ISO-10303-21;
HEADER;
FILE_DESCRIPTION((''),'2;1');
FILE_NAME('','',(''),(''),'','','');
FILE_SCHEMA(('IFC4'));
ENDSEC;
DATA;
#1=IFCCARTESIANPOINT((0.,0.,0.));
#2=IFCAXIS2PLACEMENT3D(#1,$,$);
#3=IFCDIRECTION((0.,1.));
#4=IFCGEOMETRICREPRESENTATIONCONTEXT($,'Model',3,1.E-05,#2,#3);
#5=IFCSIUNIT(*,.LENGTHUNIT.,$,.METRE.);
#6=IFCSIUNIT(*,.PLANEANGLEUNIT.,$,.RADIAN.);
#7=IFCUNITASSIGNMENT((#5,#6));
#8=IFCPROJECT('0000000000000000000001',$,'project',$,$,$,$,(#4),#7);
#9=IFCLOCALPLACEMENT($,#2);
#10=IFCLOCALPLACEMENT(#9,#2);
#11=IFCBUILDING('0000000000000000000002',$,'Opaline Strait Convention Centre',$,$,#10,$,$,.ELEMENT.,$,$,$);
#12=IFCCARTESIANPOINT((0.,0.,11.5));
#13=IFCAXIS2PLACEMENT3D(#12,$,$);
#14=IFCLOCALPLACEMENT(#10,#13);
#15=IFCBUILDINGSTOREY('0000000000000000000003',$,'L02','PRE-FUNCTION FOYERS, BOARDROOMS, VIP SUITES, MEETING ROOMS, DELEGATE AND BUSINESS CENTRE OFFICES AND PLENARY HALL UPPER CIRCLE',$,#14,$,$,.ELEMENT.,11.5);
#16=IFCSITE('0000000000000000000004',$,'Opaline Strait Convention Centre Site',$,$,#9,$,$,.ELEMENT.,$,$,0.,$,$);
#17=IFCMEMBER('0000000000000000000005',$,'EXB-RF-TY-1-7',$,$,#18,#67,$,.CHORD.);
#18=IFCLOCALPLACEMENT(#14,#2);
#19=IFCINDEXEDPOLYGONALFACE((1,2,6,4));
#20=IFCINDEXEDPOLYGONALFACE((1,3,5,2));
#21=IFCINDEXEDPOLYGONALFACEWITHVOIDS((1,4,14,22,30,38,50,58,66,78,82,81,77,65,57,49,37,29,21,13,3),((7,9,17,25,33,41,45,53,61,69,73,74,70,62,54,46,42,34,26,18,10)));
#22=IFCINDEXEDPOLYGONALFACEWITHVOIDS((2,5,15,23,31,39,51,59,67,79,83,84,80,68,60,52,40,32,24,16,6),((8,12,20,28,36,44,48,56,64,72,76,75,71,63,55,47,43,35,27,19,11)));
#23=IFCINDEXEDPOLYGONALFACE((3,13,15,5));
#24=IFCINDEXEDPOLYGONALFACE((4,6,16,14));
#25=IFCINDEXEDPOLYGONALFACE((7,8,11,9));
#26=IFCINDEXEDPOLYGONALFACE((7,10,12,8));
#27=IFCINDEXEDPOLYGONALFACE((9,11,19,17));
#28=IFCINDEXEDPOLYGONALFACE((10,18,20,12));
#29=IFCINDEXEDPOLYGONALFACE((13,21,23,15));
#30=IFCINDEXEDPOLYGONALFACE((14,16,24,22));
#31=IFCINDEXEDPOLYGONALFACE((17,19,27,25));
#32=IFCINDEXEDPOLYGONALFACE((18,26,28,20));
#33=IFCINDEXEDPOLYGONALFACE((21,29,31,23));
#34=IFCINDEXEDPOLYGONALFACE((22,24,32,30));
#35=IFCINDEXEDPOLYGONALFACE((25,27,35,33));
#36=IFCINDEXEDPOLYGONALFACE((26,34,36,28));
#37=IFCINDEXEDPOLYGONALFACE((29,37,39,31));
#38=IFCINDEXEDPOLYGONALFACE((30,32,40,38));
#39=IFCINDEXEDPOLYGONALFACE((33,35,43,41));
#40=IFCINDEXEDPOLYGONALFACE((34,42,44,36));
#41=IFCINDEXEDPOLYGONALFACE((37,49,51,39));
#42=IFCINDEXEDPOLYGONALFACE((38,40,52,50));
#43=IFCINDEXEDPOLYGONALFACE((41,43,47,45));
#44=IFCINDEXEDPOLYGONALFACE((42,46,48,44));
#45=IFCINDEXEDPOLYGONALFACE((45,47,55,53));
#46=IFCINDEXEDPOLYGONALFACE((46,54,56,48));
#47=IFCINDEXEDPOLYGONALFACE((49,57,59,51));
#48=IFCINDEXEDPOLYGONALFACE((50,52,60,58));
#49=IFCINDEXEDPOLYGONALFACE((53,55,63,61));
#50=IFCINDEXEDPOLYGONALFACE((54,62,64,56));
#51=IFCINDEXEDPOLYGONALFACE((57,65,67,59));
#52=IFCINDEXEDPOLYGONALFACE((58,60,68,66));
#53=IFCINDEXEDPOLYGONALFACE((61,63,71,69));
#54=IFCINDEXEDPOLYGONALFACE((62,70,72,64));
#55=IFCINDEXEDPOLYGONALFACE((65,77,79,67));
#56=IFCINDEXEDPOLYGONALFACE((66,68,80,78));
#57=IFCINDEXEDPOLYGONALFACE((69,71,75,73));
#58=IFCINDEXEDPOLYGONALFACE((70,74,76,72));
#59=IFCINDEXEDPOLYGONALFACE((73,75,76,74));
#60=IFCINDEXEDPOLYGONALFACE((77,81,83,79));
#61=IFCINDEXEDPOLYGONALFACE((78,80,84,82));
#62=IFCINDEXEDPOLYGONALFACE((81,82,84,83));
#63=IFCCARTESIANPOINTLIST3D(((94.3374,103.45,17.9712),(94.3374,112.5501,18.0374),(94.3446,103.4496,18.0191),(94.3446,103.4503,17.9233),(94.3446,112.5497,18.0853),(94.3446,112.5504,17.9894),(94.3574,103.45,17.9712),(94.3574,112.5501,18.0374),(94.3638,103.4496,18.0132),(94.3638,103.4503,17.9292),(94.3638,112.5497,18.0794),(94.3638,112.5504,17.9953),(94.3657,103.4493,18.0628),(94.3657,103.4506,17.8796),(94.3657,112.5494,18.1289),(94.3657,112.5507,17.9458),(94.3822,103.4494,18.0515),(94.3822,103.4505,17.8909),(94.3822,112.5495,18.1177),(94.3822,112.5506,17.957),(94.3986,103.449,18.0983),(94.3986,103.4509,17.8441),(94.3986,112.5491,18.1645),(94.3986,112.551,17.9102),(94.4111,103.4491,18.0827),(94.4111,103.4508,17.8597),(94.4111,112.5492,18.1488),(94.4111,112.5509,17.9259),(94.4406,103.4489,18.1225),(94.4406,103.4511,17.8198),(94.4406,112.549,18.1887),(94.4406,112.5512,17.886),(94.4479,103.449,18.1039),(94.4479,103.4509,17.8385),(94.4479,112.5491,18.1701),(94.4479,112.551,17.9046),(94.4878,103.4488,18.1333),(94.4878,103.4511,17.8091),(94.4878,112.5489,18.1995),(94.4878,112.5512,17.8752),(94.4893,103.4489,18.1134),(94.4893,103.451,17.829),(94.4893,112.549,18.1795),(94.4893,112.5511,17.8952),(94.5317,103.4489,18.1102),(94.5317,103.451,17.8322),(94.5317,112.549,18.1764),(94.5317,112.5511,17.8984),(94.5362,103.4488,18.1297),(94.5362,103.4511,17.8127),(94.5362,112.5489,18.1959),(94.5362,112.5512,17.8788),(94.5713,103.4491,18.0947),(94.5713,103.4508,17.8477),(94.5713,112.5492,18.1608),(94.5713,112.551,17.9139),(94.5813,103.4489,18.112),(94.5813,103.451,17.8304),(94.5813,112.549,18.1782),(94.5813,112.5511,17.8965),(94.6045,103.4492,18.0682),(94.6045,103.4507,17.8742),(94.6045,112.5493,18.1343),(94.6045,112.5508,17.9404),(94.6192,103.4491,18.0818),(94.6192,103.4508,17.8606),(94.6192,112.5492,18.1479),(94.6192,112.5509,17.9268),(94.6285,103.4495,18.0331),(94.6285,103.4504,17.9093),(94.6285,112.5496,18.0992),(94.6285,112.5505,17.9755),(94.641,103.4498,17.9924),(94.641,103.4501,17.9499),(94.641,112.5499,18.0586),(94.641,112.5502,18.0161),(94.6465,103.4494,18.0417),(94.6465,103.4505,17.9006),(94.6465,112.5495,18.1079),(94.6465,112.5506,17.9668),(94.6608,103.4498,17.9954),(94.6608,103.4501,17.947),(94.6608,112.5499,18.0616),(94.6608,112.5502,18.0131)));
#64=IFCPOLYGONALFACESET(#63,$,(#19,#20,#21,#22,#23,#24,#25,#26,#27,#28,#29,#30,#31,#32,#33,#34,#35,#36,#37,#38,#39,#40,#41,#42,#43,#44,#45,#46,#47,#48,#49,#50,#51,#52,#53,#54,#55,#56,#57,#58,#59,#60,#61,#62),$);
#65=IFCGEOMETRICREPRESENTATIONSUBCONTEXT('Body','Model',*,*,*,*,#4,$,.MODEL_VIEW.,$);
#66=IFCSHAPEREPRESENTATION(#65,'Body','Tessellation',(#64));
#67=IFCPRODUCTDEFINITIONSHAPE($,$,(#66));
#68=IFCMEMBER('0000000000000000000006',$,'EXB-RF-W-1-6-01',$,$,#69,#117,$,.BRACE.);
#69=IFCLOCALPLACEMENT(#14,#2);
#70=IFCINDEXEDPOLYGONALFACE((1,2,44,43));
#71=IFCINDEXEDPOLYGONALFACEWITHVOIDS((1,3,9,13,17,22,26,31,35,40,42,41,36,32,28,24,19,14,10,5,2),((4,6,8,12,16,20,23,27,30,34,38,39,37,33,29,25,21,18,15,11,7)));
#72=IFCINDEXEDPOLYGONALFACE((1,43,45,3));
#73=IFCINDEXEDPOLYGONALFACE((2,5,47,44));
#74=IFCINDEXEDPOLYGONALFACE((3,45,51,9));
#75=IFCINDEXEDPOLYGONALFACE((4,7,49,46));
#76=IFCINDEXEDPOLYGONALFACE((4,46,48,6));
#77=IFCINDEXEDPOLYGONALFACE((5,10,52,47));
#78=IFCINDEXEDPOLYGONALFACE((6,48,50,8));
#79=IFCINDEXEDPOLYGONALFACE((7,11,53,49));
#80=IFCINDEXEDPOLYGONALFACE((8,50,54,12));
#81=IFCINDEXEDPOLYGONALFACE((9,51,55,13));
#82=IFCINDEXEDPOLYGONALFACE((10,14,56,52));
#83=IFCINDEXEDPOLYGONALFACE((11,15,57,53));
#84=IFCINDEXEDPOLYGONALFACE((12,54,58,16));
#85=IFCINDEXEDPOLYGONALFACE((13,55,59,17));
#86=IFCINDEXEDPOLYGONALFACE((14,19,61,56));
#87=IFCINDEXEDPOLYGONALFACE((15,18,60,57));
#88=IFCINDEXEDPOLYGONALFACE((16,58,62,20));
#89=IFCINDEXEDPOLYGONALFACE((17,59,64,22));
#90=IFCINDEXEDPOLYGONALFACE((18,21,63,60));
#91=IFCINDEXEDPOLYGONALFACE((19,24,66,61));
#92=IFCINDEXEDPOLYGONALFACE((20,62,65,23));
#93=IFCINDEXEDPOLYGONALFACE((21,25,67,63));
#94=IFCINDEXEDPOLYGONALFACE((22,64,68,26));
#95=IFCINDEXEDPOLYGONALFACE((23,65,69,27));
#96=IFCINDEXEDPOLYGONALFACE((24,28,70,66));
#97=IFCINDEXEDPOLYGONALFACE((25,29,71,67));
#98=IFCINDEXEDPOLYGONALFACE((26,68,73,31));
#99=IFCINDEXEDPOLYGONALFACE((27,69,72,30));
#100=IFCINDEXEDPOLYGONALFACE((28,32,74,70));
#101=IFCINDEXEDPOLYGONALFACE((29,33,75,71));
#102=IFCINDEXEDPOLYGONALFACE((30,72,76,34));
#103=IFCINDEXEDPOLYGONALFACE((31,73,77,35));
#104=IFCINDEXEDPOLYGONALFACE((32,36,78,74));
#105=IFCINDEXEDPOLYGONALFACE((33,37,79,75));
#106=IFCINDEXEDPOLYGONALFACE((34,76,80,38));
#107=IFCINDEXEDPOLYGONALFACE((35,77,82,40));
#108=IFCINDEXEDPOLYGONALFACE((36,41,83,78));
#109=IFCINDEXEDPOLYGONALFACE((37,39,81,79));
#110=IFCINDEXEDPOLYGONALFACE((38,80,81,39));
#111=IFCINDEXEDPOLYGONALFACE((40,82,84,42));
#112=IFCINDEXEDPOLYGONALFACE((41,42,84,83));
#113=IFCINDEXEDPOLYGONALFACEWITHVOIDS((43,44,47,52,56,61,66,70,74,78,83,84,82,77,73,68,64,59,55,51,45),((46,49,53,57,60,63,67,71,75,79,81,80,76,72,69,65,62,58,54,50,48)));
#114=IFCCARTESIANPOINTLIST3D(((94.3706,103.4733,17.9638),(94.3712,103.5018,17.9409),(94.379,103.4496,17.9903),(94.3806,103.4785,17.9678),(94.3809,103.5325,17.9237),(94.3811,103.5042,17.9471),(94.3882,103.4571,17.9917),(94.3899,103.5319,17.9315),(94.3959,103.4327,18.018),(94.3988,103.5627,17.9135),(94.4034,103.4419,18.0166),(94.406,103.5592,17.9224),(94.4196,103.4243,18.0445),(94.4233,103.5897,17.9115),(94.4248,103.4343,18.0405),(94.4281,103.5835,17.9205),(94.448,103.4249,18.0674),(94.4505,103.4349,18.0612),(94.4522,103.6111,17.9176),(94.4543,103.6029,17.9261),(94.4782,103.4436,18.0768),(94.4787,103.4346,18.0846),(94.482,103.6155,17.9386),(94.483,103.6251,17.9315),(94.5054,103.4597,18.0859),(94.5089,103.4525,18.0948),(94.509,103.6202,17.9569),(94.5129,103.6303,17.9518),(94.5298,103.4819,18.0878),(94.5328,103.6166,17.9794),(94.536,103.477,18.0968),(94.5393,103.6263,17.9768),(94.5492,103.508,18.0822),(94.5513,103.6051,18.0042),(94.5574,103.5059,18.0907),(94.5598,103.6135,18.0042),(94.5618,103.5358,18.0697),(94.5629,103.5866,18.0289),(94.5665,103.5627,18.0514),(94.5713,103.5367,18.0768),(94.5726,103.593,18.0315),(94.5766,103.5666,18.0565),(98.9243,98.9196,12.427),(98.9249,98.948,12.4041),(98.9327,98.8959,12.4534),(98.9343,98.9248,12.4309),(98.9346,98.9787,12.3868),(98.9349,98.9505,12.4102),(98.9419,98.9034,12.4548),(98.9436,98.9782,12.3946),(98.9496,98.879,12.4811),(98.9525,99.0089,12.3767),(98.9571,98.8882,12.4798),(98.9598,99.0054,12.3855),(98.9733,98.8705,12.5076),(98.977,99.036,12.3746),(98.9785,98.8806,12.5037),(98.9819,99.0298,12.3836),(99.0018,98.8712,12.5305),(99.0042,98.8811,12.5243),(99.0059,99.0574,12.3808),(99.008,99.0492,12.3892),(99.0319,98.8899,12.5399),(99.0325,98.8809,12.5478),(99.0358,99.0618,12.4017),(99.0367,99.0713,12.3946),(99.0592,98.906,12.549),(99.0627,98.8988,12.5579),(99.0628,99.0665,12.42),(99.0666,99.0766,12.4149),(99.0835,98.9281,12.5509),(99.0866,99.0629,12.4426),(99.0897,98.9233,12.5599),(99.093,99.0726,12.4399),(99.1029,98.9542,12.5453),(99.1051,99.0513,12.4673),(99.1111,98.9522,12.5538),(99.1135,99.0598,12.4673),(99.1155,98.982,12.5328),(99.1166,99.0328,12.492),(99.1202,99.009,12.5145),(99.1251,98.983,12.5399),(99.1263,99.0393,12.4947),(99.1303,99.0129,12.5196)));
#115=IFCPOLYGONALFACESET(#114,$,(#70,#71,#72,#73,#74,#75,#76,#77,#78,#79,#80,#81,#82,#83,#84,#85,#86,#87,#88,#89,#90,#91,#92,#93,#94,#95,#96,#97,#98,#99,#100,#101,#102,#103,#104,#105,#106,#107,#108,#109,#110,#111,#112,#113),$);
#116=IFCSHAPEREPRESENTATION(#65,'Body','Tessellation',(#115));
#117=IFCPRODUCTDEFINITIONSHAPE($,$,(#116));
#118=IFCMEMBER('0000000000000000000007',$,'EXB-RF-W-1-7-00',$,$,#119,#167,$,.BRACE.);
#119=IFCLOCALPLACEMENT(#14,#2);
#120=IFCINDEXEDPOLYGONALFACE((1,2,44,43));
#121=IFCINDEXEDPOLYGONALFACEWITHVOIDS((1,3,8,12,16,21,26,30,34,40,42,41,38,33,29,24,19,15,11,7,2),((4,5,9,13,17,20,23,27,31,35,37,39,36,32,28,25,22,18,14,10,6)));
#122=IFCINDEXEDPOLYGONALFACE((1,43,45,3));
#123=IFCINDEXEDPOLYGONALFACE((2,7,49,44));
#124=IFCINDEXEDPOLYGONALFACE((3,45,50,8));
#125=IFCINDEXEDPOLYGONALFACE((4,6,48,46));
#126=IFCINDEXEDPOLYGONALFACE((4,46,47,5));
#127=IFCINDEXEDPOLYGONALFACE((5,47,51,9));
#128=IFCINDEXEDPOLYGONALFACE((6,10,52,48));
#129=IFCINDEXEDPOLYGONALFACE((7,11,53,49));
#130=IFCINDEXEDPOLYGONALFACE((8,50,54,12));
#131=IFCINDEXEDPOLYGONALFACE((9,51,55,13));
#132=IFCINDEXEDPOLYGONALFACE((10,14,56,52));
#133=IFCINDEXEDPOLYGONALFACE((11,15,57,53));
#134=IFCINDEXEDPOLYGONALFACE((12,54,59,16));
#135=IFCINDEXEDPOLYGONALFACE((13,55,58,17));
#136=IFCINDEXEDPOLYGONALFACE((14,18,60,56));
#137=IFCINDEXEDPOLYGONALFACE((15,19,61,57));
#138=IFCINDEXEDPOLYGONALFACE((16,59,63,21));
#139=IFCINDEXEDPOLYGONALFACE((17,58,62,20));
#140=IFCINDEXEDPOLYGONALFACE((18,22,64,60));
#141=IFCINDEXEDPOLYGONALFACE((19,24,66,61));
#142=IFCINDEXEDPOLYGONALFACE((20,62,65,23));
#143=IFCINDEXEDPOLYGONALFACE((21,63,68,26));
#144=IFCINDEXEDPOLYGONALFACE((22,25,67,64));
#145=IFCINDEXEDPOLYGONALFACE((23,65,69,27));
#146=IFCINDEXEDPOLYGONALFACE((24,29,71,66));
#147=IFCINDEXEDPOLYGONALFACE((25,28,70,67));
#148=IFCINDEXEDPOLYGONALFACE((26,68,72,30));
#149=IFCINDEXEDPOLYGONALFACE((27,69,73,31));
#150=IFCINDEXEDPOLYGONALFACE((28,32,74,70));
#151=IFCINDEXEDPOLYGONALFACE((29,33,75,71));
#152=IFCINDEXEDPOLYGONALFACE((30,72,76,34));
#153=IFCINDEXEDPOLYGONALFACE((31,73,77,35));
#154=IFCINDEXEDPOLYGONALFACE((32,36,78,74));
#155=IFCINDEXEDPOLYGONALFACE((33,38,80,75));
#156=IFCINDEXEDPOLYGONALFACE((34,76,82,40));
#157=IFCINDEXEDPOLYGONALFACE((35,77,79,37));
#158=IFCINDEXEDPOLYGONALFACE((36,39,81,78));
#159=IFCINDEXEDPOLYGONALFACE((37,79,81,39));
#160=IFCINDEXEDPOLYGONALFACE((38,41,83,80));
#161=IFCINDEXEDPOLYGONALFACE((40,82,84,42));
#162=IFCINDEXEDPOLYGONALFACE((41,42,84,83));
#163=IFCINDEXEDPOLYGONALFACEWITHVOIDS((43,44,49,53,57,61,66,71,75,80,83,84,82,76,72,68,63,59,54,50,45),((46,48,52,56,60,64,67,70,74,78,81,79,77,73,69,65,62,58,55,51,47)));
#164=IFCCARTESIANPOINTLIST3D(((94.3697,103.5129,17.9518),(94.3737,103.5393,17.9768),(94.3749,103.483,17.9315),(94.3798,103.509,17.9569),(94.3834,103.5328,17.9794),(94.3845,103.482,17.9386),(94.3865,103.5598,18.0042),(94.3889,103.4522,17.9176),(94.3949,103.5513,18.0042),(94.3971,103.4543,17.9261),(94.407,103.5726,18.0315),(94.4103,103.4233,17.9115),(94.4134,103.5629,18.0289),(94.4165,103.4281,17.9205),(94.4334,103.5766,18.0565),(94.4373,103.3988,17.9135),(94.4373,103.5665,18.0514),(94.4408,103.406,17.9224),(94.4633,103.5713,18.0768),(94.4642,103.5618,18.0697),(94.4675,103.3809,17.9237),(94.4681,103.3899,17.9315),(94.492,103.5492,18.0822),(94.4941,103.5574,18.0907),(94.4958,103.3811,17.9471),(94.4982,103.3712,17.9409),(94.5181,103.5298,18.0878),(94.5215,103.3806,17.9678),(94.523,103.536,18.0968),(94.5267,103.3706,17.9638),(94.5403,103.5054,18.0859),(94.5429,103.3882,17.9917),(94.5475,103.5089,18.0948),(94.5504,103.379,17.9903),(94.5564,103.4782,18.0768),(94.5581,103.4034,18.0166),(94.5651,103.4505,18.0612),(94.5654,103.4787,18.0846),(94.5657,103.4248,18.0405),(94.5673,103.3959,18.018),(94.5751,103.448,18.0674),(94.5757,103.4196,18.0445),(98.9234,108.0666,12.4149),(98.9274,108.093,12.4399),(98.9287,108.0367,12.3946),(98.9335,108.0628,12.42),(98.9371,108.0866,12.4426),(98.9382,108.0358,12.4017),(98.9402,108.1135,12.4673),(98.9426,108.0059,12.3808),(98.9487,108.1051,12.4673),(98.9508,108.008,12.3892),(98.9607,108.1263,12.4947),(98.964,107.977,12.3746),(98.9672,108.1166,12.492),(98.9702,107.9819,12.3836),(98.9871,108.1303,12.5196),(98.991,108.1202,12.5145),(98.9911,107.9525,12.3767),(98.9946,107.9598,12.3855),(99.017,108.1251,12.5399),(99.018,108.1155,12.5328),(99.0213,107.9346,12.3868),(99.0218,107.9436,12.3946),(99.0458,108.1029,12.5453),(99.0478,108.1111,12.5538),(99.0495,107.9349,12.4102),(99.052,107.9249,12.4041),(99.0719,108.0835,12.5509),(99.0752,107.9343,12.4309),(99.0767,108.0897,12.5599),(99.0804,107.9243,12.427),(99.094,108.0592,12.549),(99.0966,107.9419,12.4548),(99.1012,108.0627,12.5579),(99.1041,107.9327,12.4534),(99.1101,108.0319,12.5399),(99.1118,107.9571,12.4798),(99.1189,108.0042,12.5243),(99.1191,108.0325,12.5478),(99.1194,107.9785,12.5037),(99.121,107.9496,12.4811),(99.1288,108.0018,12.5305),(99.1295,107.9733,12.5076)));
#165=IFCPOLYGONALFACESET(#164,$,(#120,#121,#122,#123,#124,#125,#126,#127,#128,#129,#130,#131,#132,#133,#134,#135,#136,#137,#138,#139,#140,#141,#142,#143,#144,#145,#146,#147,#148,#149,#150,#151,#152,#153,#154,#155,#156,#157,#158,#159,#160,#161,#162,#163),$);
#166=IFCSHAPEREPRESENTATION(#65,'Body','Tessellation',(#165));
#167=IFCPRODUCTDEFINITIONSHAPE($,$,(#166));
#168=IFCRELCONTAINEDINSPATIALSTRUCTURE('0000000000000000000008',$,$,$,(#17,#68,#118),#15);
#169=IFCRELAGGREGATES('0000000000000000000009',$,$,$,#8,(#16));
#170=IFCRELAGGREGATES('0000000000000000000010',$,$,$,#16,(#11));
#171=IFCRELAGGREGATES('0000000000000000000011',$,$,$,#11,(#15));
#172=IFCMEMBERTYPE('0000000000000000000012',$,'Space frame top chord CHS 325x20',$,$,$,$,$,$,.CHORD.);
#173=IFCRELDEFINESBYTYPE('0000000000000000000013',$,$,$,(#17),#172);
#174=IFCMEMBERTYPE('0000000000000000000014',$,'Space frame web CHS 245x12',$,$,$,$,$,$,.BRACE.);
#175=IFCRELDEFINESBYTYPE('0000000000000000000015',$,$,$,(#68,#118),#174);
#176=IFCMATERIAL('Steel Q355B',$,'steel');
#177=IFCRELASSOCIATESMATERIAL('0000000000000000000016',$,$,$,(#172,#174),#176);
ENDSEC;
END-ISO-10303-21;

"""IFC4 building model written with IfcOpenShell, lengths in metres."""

from ifc_helpers import new_model, si_unit, direction, frame, origin, origin_2d, place, context, subcontext, project, spatial, hollow_circle, extrude, material, material_profile, profile_set, type_object, element, save


model = new_model("IFC4")

# Units and contexts
model_context = context("Model", 3, precision=1e-05, world=origin(), true_north=direction((0.0, 1.0)))
body_context = subcontext(model_context, "Body", "Model", "MODEL_VIEW")
ifc_project = project(units=[si_unit("LENGTHUNIT", "METRE"), si_unit("PLANEANGLEUNIT", "RADIAN")], contexts=[model_context])

# Site, building, storey
site_placement = place(None, origin())
site = spatial("IfcSite", under=ifc_project, at=site_placement, Name="Opaline Strait Convention Centre Site", CompositionType="ELEMENT", RefElevation=0.0)
building_placement = place(site_placement, origin())
building = spatial("IfcBuilding", under=site, at=building_placement, Name="Opaline Strait Convention Centre", CompositionType="ELEMENT")
storey_placement = place(building_placement, frame((0.0, 0.0, 11.5)))
storey = spatial("IfcBuildingStorey", under=building, at=storey_placement, Name="L02", Description="PRE-FUNCTION FOYERS, BOARDROOMS, VIP SUITES, MEETING ROOMS, DELEGATE AND BUSINESS CENTRE OFFICES AND PLENARY HALL UPPER CIRCLE", CompositionType="ELEMENT", Elevation=11.5)

# Members
ifc_material_1 = material(Name="Steel Q355B", Category="steel")
ifc_material_profile_1 = material_profile(ifc_material_1, hollow_circle(Radius=0.1626, WallThickness=0.02, at=origin_2d()), Name="CHS 325x20")
ifc_profile_set_1 = profile_set([ifc_material_profile_1], Name="Steel Q355B")
member_type_1 = type_object("IfcMemberType", Name="Space frame top chord CHS 325x20", PredefinedType="CHORD", material=ifc_profile_set_1)
member_1_placement = place(storey_placement, frame((94.5, 103.45, 17.9712), z_axis=(0.0, 0.999974, 0.00727), x_axis=(-1.0, 0.0, 0.0)))
element("IfcMember", 1, at=member_1_placement, inside=storey, type_object=member_type_1, Name="EXB-RF-TY-1-7", PredefinedType="CHORD", context=body_context, shape_type="SweptSolid", body=[
    extrude(hollow_circle(Radius=0.1626, WallThickness=0.02, at=origin_2d()), origin(), (0.0, 0.0, 1.0), 9.1003),
])
ifc_material_profile_2 = material_profile(ifc_material_1, hollow_circle(Radius=0.1226, WallThickness=0.012, at=origin_2d()), Name="CHS 245x12")
ifc_profile_set_2 = profile_set([ifc_material_profile_2], Name="Steel Q355B")
member_type_2 = type_object("IfcMemberType", Name="Space frame web CHS 245x12", PredefinedType="BRACE", material=ifc_profile_set_2)
for number, where, z_axis, x_axis, name in (
    (2, (94.4731, 103.5269, 18.0042), (0.536178, -0.536178, -0.65194), (0.707107, 0.707107, 0.0), "EXB-RF-W-1-6-01"),
    (3, (94.4731, 103.4731, 18.0042), (0.536178, 0.536178, -0.65194), (-0.707107, 0.707107, 0.0), "EXB-RF-W-1-7-00"),
):
    element("IfcMember", number, at=place(storey_placement, frame(where, z_axis=z_axis, x_axis=x_axis)), inside=storey, type_object=member_type_2, Name=name, PredefinedType="BRACE", context=body_context, shape_type="SweptSolid", body=[
        extrude(hollow_circle(Radius=0.1226, WallThickness=0.012, at=origin_2d()), origin(), (0.0, 0.0, 1.0), 8.4929),
    ])

save(model, "model.ifc")
